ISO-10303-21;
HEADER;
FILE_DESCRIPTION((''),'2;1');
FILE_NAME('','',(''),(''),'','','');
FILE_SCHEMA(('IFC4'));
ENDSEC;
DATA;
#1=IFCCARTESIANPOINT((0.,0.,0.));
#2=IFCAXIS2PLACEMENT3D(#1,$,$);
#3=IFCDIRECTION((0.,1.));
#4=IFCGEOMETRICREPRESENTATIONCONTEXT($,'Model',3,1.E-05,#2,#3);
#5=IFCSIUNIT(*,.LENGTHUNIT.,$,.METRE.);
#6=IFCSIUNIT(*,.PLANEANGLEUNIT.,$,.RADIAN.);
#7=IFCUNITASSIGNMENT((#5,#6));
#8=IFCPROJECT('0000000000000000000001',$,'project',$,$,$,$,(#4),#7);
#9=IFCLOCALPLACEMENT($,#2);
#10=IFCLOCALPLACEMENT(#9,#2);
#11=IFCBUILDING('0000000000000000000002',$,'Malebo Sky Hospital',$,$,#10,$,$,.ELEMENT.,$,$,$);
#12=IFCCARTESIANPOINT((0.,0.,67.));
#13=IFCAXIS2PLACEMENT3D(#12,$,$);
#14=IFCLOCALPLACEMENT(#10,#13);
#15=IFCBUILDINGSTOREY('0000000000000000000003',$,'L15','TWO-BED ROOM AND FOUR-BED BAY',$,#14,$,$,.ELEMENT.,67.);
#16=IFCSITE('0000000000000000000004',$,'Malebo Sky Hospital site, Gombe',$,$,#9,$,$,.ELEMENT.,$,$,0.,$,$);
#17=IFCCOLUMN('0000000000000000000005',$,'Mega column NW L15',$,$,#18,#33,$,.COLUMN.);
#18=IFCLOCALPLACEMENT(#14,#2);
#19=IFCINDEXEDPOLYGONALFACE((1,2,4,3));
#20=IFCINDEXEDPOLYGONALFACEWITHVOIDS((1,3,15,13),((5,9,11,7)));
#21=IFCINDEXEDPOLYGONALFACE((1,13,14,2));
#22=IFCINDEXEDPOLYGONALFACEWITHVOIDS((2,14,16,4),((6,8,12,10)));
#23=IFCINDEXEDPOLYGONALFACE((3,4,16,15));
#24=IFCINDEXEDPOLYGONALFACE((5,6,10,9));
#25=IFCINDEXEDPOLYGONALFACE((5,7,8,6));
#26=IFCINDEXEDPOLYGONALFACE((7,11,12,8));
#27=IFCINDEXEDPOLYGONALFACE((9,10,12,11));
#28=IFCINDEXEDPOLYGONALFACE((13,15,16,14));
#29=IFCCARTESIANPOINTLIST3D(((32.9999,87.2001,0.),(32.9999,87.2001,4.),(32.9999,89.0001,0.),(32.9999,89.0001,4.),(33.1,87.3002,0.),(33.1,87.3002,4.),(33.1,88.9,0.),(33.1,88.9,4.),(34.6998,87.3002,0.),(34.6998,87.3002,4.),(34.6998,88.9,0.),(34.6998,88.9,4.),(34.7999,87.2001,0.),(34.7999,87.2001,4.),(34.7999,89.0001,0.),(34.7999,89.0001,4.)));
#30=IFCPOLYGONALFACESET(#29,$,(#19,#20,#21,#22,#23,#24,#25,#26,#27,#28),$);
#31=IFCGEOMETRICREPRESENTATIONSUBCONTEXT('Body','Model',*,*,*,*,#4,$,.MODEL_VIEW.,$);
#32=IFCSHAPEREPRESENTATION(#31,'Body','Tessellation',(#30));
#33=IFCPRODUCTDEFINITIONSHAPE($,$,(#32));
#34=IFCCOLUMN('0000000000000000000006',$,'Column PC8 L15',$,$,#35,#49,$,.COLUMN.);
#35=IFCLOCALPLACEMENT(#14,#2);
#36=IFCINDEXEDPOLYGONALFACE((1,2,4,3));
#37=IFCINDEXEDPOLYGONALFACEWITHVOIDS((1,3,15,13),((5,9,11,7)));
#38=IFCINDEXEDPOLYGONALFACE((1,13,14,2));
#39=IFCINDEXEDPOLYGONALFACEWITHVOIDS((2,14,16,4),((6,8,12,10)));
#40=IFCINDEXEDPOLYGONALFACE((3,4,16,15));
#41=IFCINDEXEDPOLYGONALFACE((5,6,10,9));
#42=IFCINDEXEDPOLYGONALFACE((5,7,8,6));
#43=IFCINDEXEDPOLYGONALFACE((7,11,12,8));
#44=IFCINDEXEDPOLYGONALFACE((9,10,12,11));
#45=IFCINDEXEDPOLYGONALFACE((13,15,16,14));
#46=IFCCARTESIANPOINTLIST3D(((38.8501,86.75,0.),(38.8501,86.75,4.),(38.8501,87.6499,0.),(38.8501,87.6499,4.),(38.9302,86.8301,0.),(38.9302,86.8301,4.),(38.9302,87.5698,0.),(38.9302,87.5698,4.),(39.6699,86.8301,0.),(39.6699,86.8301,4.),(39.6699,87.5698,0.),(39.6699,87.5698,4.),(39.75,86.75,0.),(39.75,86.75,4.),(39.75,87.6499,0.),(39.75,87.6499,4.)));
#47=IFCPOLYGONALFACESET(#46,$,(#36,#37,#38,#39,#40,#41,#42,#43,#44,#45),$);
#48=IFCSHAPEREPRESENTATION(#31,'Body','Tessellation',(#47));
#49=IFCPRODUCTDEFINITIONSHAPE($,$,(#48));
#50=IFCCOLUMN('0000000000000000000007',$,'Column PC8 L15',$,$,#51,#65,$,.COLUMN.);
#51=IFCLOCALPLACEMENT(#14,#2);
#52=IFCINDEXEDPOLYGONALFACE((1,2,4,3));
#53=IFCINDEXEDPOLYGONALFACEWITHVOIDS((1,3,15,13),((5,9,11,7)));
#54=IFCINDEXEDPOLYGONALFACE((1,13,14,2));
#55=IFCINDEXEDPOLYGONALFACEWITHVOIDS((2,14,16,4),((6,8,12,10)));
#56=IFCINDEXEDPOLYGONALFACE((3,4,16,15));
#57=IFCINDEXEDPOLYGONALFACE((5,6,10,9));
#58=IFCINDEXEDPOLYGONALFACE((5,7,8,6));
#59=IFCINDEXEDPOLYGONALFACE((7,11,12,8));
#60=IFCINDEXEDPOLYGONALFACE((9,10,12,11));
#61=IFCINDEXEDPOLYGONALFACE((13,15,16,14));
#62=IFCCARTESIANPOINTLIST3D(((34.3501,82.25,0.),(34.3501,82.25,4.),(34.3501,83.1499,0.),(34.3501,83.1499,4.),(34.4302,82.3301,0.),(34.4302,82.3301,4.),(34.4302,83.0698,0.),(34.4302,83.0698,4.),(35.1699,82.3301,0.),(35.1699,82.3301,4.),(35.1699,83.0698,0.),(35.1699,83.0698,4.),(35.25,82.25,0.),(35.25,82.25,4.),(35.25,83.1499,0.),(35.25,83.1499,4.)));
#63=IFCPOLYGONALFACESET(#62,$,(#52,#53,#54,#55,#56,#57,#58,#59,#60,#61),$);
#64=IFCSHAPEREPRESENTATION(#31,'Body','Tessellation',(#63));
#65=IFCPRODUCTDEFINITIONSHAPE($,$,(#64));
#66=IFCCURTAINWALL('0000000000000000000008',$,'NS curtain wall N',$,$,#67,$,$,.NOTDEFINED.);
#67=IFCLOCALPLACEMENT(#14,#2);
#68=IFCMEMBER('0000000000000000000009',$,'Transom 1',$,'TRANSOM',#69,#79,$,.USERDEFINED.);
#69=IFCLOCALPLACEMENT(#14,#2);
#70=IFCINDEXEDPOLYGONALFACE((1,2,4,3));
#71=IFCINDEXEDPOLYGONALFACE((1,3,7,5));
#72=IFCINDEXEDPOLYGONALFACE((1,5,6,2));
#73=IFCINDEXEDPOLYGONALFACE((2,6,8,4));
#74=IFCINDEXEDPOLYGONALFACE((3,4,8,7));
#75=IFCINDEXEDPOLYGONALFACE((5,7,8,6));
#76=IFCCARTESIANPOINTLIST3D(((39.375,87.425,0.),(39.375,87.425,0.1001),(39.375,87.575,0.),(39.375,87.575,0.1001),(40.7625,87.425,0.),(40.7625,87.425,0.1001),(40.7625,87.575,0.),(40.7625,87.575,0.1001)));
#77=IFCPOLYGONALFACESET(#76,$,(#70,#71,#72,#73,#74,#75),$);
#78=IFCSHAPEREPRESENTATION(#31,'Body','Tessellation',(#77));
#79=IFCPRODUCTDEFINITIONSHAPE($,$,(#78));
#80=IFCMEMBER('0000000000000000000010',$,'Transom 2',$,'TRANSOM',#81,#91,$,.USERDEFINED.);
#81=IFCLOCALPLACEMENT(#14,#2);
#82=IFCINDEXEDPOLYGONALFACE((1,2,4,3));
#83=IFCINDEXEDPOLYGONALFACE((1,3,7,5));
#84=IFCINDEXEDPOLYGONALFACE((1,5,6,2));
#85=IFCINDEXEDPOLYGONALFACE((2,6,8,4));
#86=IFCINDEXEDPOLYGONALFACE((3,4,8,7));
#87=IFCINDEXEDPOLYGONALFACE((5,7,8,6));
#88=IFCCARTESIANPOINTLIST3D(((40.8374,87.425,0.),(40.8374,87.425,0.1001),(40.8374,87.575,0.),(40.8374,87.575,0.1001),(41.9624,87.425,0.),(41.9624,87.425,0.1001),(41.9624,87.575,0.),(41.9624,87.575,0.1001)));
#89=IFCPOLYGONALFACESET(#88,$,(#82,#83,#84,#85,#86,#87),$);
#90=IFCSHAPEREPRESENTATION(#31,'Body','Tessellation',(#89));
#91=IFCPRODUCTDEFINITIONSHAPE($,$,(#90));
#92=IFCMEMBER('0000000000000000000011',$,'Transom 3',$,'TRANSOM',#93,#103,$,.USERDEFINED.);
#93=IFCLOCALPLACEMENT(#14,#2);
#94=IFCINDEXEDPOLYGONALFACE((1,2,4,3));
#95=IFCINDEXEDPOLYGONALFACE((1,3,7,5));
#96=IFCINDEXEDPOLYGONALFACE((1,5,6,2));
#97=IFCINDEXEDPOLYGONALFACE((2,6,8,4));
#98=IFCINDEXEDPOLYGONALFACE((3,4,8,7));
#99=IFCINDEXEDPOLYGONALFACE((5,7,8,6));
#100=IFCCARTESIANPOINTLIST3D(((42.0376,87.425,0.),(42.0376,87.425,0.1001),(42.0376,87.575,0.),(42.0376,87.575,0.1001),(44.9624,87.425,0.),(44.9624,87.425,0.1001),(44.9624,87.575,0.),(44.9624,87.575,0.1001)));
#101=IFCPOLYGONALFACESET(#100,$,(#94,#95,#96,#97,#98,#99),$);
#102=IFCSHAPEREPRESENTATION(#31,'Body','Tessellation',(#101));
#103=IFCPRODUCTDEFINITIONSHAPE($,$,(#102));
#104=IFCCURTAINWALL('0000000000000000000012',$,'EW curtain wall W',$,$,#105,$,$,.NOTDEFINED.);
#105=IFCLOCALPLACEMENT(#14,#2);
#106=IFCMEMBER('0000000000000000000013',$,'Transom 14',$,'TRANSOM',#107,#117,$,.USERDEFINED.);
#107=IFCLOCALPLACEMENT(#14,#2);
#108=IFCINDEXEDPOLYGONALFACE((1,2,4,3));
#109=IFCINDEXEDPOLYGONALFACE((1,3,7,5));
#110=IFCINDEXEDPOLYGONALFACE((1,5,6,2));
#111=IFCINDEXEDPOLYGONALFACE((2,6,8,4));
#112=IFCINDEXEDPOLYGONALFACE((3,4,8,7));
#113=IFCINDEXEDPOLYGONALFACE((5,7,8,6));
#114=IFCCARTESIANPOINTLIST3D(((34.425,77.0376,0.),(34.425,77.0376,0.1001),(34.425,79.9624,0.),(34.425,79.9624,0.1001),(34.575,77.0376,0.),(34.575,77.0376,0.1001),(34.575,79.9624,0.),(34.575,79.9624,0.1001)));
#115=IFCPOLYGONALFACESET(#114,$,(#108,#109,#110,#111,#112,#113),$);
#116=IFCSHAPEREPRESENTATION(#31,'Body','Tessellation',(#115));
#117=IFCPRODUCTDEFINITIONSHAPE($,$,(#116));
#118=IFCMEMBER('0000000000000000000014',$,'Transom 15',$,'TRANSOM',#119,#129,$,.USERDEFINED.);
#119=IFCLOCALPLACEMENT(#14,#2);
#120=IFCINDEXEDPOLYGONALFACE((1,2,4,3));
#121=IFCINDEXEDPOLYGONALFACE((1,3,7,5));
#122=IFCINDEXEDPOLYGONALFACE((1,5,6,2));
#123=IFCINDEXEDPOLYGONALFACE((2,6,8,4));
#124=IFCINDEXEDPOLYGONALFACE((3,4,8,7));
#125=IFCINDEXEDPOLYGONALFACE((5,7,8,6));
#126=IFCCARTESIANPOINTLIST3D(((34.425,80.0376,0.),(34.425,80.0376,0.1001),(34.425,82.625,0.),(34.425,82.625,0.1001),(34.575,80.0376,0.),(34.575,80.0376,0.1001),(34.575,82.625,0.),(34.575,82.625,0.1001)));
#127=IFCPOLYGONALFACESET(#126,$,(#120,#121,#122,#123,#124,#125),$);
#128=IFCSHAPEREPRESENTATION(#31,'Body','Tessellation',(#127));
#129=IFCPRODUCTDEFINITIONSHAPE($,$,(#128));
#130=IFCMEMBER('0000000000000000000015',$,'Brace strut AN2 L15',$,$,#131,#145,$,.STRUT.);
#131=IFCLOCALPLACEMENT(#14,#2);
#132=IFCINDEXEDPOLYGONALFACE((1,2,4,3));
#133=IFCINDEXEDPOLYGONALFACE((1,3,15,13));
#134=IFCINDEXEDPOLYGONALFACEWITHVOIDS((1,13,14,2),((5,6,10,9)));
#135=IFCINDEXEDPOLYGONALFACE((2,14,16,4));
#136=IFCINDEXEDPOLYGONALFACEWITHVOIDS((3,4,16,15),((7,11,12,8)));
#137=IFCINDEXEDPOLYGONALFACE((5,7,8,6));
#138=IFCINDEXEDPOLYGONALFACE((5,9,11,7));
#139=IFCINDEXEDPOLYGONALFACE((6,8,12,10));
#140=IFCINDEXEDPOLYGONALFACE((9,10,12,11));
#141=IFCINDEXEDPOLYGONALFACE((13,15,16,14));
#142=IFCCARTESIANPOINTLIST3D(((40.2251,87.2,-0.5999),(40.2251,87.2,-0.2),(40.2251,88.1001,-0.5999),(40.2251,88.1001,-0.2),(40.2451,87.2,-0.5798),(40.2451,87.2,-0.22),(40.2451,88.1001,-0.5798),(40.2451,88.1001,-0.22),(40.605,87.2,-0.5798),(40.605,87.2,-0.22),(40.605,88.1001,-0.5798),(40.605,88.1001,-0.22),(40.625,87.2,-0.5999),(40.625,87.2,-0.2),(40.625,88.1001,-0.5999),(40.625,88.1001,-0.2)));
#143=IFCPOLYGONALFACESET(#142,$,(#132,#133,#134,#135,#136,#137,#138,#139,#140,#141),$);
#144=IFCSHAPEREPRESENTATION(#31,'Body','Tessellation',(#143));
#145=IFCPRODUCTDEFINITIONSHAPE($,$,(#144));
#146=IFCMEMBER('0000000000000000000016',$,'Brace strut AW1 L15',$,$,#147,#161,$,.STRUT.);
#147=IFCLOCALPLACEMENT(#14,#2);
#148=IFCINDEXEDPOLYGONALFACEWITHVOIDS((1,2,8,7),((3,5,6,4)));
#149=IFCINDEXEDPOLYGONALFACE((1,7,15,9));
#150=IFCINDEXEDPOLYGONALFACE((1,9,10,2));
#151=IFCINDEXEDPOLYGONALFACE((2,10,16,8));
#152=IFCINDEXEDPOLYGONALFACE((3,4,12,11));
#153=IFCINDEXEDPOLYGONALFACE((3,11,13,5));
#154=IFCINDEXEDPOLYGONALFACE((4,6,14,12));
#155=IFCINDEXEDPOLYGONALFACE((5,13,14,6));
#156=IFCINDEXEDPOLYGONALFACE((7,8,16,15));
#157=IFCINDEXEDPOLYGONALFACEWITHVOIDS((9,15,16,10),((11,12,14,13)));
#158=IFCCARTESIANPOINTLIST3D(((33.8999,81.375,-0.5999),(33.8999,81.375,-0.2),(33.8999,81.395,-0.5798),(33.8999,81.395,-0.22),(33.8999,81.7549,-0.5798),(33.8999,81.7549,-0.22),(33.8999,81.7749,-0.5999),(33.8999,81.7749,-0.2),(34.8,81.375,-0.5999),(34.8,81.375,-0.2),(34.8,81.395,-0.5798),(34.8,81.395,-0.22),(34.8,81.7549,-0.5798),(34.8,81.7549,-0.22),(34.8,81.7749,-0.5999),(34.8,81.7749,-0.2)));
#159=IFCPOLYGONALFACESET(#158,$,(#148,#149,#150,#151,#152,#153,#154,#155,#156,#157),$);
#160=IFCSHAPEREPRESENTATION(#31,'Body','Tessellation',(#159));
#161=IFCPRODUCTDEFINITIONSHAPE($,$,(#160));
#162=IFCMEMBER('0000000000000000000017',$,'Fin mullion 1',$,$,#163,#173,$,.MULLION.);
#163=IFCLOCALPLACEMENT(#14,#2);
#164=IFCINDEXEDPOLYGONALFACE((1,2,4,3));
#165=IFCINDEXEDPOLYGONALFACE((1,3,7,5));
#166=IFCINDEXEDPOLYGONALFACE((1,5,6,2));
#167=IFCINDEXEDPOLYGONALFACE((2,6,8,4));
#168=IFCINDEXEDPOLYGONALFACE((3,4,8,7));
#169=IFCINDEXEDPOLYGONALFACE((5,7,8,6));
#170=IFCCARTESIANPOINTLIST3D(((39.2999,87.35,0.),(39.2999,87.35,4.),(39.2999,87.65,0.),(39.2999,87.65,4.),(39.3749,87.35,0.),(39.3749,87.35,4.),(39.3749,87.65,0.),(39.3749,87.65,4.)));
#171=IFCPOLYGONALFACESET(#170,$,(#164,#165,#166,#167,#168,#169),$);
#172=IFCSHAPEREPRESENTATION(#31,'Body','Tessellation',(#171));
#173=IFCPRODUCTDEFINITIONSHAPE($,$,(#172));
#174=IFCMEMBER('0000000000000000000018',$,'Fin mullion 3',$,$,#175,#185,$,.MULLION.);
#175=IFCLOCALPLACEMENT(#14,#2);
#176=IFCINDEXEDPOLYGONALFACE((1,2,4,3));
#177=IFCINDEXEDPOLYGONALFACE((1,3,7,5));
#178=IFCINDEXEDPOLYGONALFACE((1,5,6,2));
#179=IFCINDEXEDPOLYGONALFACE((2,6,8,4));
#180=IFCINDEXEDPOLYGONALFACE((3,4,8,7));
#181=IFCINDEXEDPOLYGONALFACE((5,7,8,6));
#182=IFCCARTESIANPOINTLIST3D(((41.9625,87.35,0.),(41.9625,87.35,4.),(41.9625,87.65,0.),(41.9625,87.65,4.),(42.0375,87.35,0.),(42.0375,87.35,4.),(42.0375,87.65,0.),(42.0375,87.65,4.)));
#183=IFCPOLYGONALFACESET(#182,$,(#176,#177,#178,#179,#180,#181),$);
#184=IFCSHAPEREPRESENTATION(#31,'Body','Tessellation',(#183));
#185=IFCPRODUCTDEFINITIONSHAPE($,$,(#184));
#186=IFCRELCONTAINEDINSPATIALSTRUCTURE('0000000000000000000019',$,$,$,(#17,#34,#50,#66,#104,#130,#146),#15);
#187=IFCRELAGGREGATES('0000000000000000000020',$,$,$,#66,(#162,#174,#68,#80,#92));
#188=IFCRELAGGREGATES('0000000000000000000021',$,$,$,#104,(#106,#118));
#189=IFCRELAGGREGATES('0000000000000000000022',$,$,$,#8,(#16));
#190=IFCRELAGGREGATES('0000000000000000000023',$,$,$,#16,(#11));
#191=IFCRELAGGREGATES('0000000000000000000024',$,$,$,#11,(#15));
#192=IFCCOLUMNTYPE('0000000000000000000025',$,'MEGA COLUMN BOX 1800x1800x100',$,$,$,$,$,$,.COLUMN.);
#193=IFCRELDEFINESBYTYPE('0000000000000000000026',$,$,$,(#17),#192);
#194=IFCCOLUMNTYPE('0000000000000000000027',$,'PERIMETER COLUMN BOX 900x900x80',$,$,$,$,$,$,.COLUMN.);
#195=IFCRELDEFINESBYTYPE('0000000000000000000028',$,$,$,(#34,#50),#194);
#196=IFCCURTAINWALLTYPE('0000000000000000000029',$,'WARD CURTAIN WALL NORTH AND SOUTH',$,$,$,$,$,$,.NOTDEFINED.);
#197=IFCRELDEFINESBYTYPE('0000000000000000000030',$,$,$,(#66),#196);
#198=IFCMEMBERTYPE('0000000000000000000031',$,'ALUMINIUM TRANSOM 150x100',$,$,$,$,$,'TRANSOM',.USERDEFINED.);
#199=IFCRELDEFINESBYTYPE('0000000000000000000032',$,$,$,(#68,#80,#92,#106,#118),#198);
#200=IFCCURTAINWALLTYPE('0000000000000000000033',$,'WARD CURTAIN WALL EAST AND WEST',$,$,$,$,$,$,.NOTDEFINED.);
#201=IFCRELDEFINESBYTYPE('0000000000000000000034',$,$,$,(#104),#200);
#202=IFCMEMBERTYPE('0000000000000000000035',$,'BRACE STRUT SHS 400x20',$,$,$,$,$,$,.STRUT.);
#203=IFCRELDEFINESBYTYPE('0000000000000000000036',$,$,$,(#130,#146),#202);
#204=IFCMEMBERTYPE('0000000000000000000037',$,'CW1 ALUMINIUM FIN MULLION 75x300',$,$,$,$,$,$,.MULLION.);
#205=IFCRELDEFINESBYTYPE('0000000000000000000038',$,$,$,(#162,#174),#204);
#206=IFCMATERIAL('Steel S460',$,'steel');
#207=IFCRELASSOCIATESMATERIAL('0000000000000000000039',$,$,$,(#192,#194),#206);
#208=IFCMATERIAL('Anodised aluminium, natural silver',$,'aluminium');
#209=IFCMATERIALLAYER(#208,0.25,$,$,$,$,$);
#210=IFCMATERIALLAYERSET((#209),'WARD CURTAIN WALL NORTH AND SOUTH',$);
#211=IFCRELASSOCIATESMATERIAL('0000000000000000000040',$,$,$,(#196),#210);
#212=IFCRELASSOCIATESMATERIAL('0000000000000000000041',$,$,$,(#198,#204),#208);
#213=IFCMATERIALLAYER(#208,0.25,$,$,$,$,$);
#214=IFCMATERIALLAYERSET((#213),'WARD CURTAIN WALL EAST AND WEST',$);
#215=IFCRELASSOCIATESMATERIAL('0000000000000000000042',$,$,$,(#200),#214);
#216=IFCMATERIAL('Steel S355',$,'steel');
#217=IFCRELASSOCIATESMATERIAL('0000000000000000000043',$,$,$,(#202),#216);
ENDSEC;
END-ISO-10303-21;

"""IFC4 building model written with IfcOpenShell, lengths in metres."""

from ifc_helpers import new_model, si_unit, direction, frame, origin, origin_2d, place, context, subcontext, project, spatial, rectangle, hollow_rectangle, extrude, material, layer, layer_set, material_profile, profile_set, type_object, element, aggregate, save


model = new_model("IFC4")

# Units and contexts
model_context = context("Model", 3, precision=1e-05, world=origin(), true_north=direction((0.0, 1.0)))
body_context = subcontext(model_context, "Body", "Model", "MODEL_VIEW")
ifc_project = project(units=[si_unit("LENGTHUNIT", "METRE"), si_unit("PLANEANGLEUNIT", "RADIAN")], contexts=[model_context])

# Site, building, storey
site_placement = place(None, origin())
site = spatial("IfcSite", under=ifc_project, at=site_placement, Name="Malebo Sky Hospital site, Gombe", CompositionType="ELEMENT", RefElevation=0.0)
building_placement = place(site_placement, origin())
building = spatial("IfcBuilding", under=site, at=building_placement, Name="Malebo Sky Hospital", CompositionType="ELEMENT")
storey_placement = place(building_placement, frame((0.0, 0.0, 67.0)))
storey = spatial("IfcBuildingStorey", under=building, at=storey_placement, Name="L15", Description="TWO-BED ROOM AND FOUR-BED BAY", CompositionType="ELEMENT", Elevation=67.0)

# Columns
ifc_material_1 = material(Name="Steel S460", Category="steel")
ifc_material_profile_1 = material_profile(ifc_material_1, hollow_rectangle(XDim=1.8, YDim=1.8, WallThickness=0.1001, at=origin_2d()), Name="BOX 1800x1800x100")
ifc_profile_set_1 = profile_set([ifc_material_profile_1], Name="Steel S460")
column_type_1 = type_object("IfcColumnType", Name="MEGA COLUMN BOX 1800x1800x100", PredefinedType="COLUMN", material=ifc_profile_set_1)
column_placement = place(storey_placement, frame((33.8999, 88.1001, 0.0), z_axis=(0.0, 0.0, 1.0), x_axis=(1.0, 0.0, 0.0)))
element("IfcColumn", 1, at=column_placement, inside=storey, type_object=column_type_1, Name="Mega column NW L15", PredefinedType="COLUMN", context=body_context, shape_type="SweptSolid", body=[
    extrude(hollow_rectangle(XDim=1.8, YDim=1.8, WallThickness=0.1001, at=origin_2d()), origin(), (0.0, 0.0, 1.0), 4.0),
])
ifc_material_profile_2 = material_profile(ifc_material_1, hollow_rectangle(XDim=0.8999, YDim=0.8999, WallThickness=0.0801, at=origin_2d()), Name="BOX 900x900x80")
ifc_profile_set_2 = profile_set([ifc_material_profile_2], Name="Steel S460")
column_type_2 = type_object("IfcColumnType", Name="PERIMETER COLUMN BOX 900x900x80", PredefinedType="COLUMN", material=ifc_profile_set_2)
for number, where, z_axis, x_axis, name in (
    (2, (39.3, 87.2, 0.0), (0.0, 0.0, 1.0), (1.0, 0.0, 0.0), "Column PC8 L15"),
    (3, (34.8, 82.7, 0.0), (0.0, 0.0, 1.0), (1.0, 0.0, 0.0), "Column PC8 L15"),
):
    element("IfcColumn", number, at=place(storey_placement, frame(where, z_axis=z_axis, x_axis=x_axis)), inside=storey, type_object=column_type_2, Name=name, PredefinedType="COLUMN", context=body_context, shape_type="SweptSolid", body=[
        extrude(hollow_rectangle(XDim=0.8999, YDim=0.8999, WallThickness=0.0801, at=origin_2d()), origin(), (0.0, 0.0, 1.0), 4.0),
    ])

# Curtain walls, members
ifc_material_2 = material(Name="Anodised aluminium, natural silver", Category="aluminium")
ifc_layer_1 = layer(ifc_material_2, 0.25)
ifc_layer_set_1 = layer_set([ifc_layer_1], Name="WARD CURTAIN WALL NORTH AND SOUTH")
curtain_wall_type_1 = type_object("IfcCurtainWallType", Name="WARD CURTAIN WALL NORTH AND SOUTH", PredefinedType="NOTDEFINED", material=ifc_layer_set_1)
curtain_wall_1_placement = place(storey_placement, origin())
curtain_wall_1 = element("IfcCurtainWall", 4, at=curtain_wall_1_placement, inside=storey, type_object=curtain_wall_type_1, Name="NS curtain wall N", PredefinedType="NOTDEFINED")
ifc_material_profile_3 = material_profile(ifc_material_2, rectangle(XDim=0.1499, YDim=0.1001, at=origin_2d()), Name="ALUMINIUM TRANSOM 150x100")
ifc_profile_set_3 = profile_set([ifc_material_profile_3], Name="Anodised aluminium, natural silver")
member_type_1 = type_object("IfcMemberType", Name="ALUMINIUM TRANSOM 150x100", ElementType="TRANSOM", PredefinedType="USERDEFINED", material=ifc_profile_set_3)
member_1_placement = place(storey_placement, frame((39.375, 87.5, 0.05), z_axis=(1.0, 0.0, 0.0), x_axis=(0.0, 1.0, 0.0)))
member_1 = element("IfcMember", 5, at=member_1_placement, type_object=member_type_1, Name="Transom 1", ObjectType="TRANSOM", PredefinedType="USERDEFINED", context=body_context, shape_type="SweptSolid", body=[
    extrude(rectangle(XDim=0.1499, YDim=0.1001, at=origin_2d()), origin(), (0.0, 0.0, 1.0), 1.3875),
])
member_2_placement = place(storey_placement, frame((40.8374, 87.5, 0.05), z_axis=(1.0, 0.0, 0.0), x_axis=(0.0, 1.0, 0.0)))
member_2 = element("IfcMember", 6, at=member_2_placement, type_object=member_type_1, Name="Transom 2", ObjectType="TRANSOM", PredefinedType="USERDEFINED", context=body_context, shape_type="SweptSolid", body=[
    extrude(rectangle(XDim=0.1499, YDim=0.1001, at=origin_2d()), origin(), (0.0, 0.0, 1.0), 1.125),
])
member_3_placement = place(storey_placement, frame((42.0376, 87.5, 0.05), z_axis=(1.0, 0.0, 0.0), x_axis=(0.0, 1.0, 0.0)))
member_3 = element("IfcMember", 7, at=member_3_placement, type_object=member_type_1, Name="Transom 3", ObjectType="TRANSOM", PredefinedType="USERDEFINED", context=body_context, shape_type="SweptSolid", body=[
    extrude(rectangle(XDim=0.1499, YDim=0.1001, at=origin_2d()), origin(), (0.0, 0.0, 1.0), 2.9248),
])
ifc_layer_2 = layer(ifc_material_2, 0.25)
ifc_layer_set_2 = layer_set([ifc_layer_2], Name="WARD CURTAIN WALL EAST AND WEST")
curtain_wall_type_2 = type_object("IfcCurtainWallType", Name="WARD CURTAIN WALL EAST AND WEST", PredefinedType="NOTDEFINED", material=ifc_layer_set_2)
curtain_wall_2_placement = place(storey_placement, origin())
curtain_wall_2 = element("IfcCurtainWall", 8, at=curtain_wall_2_placement, inside=storey, type_object=curtain_wall_type_2, Name="EW curtain wall W", PredefinedType="NOTDEFINED")
member_4_placement = place(storey_placement, frame((34.5, 77.0376, 0.05), z_axis=(0.0, 1.0, 0.0), x_axis=(-1.0, 0.0, 0.0)))
member_4 = element("IfcMember", 9, at=member_4_placement, type_object=member_type_1, Name="Transom 14", ObjectType="TRANSOM", PredefinedType="USERDEFINED", context=body_context, shape_type="SweptSolid", body=[
    extrude(rectangle(XDim=0.1499, YDim=0.1001, at=origin_2d()), origin(), (0.0, 0.0, 1.0), 2.9248),
])
member_5_placement = place(storey_placement, frame((34.5, 80.0376, 0.05), z_axis=(0.0, 1.0, 0.0), x_axis=(-1.0, 0.0, 0.0)))
member_5 = element("IfcMember", 10, at=member_5_placement, type_object=member_type_1, Name="Transom 15", ObjectType="TRANSOM", PredefinedType="USERDEFINED", context=body_context, shape_type="SweptSolid", body=[
    extrude(rectangle(XDim=0.1499, YDim=0.1001, at=origin_2d()), origin(), (0.0, 0.0, 1.0), 2.5874),
])

# Members
ifc_material_3 = material(Name="Steel S355", Category="steel")
ifc_material_profile_4 = material_profile(ifc_material_3, hollow_rectangle(XDim=0.3999, YDim=0.3999, WallThickness=0.02, at=origin_2d()), Name="SHS 400x20")
ifc_profile_set_4 = profile_set([ifc_material_profile_4], Name="Steel S355")
member_type_2 = type_object("IfcMemberType", Name="BRACE STRUT SHS 400x20", PredefinedType="STRUT", material=ifc_profile_set_4)
for number, where, z_axis, x_axis, name in (
    (11, (40.425, 88.1001, -0.3999), (0.0, -1.0, 0.0), (1.0, 0.0, 0.0), "Brace strut AN2 L15"),
    (12, (33.8999, 81.575, -0.3999), (1.0, 0.0, 0.0), (0.0, 1.0, 0.0), "Brace strut AW1 L15"),
):
    element("IfcMember", number, at=place(storey_placement, frame(where, z_axis=z_axis, x_axis=x_axis)), inside=storey, type_object=member_type_2, Name=name, PredefinedType="STRUT", context=body_context, shape_type="SweptSolid", body=[
        extrude(hollow_rectangle(XDim=0.3999, YDim=0.3999, WallThickness=0.02, at=origin_2d()), origin(), (0.0, 0.0, 1.0), 0.9001),
    ])

# Members
ifc_material_profile_5 = material_profile(ifc_material_2, rectangle(XDim=0.075, YDim=0.3, at=origin_2d()), Name="CW1 ALUMINIUM FIN MULLION 75x300")
ifc_profile_set_5 = profile_set([ifc_material_profile_5], Name="Anodised aluminium, natural silver")
member_type_3 = type_object("IfcMemberType", Name="CW1 ALUMINIUM FIN MULLION 75x300", PredefinedType="MULLION", material=ifc_profile_set_5)
member_6_placement = place(storey_placement, frame((39.3374, 87.5, 0.0), z_axis=(0.0, 0.0, 1.0), x_axis=(1.0, 0.0, 0.0)))
member_6 = element("IfcMember", 13, at=member_6_placement, type_object=member_type_3, Name="Fin mullion 1", PredefinedType="MULLION", context=body_context, shape_type="SweptSolid", body=[
    extrude(rectangle(XDim=0.075, YDim=0.3, at=origin_2d()), origin(), (0.0, 0.0, 1.0), 4.0),
])
member_7_placement = place(storey_placement, frame((42.0, 87.5, 0.0), z_axis=(0.0, 0.0, 1.0), x_axis=(1.0, 0.0, 0.0)))
member_7 = element("IfcMember", 14, at=member_7_placement, type_object=member_type_3, Name="Fin mullion 3", PredefinedType="MULLION", context=body_context, shape_type="SweptSolid", body=[
    extrude(rectangle(XDim=0.075, YDim=0.3, at=origin_2d()), origin(), (0.0, 0.0, 1.0), 4.0),
])

aggregate(curtain_wall_1, [member_6, member_7, member_1, member_2, member_3])
aggregate(curtain_wall_2, [member_4, member_5])

save(model, "model.ifc")
